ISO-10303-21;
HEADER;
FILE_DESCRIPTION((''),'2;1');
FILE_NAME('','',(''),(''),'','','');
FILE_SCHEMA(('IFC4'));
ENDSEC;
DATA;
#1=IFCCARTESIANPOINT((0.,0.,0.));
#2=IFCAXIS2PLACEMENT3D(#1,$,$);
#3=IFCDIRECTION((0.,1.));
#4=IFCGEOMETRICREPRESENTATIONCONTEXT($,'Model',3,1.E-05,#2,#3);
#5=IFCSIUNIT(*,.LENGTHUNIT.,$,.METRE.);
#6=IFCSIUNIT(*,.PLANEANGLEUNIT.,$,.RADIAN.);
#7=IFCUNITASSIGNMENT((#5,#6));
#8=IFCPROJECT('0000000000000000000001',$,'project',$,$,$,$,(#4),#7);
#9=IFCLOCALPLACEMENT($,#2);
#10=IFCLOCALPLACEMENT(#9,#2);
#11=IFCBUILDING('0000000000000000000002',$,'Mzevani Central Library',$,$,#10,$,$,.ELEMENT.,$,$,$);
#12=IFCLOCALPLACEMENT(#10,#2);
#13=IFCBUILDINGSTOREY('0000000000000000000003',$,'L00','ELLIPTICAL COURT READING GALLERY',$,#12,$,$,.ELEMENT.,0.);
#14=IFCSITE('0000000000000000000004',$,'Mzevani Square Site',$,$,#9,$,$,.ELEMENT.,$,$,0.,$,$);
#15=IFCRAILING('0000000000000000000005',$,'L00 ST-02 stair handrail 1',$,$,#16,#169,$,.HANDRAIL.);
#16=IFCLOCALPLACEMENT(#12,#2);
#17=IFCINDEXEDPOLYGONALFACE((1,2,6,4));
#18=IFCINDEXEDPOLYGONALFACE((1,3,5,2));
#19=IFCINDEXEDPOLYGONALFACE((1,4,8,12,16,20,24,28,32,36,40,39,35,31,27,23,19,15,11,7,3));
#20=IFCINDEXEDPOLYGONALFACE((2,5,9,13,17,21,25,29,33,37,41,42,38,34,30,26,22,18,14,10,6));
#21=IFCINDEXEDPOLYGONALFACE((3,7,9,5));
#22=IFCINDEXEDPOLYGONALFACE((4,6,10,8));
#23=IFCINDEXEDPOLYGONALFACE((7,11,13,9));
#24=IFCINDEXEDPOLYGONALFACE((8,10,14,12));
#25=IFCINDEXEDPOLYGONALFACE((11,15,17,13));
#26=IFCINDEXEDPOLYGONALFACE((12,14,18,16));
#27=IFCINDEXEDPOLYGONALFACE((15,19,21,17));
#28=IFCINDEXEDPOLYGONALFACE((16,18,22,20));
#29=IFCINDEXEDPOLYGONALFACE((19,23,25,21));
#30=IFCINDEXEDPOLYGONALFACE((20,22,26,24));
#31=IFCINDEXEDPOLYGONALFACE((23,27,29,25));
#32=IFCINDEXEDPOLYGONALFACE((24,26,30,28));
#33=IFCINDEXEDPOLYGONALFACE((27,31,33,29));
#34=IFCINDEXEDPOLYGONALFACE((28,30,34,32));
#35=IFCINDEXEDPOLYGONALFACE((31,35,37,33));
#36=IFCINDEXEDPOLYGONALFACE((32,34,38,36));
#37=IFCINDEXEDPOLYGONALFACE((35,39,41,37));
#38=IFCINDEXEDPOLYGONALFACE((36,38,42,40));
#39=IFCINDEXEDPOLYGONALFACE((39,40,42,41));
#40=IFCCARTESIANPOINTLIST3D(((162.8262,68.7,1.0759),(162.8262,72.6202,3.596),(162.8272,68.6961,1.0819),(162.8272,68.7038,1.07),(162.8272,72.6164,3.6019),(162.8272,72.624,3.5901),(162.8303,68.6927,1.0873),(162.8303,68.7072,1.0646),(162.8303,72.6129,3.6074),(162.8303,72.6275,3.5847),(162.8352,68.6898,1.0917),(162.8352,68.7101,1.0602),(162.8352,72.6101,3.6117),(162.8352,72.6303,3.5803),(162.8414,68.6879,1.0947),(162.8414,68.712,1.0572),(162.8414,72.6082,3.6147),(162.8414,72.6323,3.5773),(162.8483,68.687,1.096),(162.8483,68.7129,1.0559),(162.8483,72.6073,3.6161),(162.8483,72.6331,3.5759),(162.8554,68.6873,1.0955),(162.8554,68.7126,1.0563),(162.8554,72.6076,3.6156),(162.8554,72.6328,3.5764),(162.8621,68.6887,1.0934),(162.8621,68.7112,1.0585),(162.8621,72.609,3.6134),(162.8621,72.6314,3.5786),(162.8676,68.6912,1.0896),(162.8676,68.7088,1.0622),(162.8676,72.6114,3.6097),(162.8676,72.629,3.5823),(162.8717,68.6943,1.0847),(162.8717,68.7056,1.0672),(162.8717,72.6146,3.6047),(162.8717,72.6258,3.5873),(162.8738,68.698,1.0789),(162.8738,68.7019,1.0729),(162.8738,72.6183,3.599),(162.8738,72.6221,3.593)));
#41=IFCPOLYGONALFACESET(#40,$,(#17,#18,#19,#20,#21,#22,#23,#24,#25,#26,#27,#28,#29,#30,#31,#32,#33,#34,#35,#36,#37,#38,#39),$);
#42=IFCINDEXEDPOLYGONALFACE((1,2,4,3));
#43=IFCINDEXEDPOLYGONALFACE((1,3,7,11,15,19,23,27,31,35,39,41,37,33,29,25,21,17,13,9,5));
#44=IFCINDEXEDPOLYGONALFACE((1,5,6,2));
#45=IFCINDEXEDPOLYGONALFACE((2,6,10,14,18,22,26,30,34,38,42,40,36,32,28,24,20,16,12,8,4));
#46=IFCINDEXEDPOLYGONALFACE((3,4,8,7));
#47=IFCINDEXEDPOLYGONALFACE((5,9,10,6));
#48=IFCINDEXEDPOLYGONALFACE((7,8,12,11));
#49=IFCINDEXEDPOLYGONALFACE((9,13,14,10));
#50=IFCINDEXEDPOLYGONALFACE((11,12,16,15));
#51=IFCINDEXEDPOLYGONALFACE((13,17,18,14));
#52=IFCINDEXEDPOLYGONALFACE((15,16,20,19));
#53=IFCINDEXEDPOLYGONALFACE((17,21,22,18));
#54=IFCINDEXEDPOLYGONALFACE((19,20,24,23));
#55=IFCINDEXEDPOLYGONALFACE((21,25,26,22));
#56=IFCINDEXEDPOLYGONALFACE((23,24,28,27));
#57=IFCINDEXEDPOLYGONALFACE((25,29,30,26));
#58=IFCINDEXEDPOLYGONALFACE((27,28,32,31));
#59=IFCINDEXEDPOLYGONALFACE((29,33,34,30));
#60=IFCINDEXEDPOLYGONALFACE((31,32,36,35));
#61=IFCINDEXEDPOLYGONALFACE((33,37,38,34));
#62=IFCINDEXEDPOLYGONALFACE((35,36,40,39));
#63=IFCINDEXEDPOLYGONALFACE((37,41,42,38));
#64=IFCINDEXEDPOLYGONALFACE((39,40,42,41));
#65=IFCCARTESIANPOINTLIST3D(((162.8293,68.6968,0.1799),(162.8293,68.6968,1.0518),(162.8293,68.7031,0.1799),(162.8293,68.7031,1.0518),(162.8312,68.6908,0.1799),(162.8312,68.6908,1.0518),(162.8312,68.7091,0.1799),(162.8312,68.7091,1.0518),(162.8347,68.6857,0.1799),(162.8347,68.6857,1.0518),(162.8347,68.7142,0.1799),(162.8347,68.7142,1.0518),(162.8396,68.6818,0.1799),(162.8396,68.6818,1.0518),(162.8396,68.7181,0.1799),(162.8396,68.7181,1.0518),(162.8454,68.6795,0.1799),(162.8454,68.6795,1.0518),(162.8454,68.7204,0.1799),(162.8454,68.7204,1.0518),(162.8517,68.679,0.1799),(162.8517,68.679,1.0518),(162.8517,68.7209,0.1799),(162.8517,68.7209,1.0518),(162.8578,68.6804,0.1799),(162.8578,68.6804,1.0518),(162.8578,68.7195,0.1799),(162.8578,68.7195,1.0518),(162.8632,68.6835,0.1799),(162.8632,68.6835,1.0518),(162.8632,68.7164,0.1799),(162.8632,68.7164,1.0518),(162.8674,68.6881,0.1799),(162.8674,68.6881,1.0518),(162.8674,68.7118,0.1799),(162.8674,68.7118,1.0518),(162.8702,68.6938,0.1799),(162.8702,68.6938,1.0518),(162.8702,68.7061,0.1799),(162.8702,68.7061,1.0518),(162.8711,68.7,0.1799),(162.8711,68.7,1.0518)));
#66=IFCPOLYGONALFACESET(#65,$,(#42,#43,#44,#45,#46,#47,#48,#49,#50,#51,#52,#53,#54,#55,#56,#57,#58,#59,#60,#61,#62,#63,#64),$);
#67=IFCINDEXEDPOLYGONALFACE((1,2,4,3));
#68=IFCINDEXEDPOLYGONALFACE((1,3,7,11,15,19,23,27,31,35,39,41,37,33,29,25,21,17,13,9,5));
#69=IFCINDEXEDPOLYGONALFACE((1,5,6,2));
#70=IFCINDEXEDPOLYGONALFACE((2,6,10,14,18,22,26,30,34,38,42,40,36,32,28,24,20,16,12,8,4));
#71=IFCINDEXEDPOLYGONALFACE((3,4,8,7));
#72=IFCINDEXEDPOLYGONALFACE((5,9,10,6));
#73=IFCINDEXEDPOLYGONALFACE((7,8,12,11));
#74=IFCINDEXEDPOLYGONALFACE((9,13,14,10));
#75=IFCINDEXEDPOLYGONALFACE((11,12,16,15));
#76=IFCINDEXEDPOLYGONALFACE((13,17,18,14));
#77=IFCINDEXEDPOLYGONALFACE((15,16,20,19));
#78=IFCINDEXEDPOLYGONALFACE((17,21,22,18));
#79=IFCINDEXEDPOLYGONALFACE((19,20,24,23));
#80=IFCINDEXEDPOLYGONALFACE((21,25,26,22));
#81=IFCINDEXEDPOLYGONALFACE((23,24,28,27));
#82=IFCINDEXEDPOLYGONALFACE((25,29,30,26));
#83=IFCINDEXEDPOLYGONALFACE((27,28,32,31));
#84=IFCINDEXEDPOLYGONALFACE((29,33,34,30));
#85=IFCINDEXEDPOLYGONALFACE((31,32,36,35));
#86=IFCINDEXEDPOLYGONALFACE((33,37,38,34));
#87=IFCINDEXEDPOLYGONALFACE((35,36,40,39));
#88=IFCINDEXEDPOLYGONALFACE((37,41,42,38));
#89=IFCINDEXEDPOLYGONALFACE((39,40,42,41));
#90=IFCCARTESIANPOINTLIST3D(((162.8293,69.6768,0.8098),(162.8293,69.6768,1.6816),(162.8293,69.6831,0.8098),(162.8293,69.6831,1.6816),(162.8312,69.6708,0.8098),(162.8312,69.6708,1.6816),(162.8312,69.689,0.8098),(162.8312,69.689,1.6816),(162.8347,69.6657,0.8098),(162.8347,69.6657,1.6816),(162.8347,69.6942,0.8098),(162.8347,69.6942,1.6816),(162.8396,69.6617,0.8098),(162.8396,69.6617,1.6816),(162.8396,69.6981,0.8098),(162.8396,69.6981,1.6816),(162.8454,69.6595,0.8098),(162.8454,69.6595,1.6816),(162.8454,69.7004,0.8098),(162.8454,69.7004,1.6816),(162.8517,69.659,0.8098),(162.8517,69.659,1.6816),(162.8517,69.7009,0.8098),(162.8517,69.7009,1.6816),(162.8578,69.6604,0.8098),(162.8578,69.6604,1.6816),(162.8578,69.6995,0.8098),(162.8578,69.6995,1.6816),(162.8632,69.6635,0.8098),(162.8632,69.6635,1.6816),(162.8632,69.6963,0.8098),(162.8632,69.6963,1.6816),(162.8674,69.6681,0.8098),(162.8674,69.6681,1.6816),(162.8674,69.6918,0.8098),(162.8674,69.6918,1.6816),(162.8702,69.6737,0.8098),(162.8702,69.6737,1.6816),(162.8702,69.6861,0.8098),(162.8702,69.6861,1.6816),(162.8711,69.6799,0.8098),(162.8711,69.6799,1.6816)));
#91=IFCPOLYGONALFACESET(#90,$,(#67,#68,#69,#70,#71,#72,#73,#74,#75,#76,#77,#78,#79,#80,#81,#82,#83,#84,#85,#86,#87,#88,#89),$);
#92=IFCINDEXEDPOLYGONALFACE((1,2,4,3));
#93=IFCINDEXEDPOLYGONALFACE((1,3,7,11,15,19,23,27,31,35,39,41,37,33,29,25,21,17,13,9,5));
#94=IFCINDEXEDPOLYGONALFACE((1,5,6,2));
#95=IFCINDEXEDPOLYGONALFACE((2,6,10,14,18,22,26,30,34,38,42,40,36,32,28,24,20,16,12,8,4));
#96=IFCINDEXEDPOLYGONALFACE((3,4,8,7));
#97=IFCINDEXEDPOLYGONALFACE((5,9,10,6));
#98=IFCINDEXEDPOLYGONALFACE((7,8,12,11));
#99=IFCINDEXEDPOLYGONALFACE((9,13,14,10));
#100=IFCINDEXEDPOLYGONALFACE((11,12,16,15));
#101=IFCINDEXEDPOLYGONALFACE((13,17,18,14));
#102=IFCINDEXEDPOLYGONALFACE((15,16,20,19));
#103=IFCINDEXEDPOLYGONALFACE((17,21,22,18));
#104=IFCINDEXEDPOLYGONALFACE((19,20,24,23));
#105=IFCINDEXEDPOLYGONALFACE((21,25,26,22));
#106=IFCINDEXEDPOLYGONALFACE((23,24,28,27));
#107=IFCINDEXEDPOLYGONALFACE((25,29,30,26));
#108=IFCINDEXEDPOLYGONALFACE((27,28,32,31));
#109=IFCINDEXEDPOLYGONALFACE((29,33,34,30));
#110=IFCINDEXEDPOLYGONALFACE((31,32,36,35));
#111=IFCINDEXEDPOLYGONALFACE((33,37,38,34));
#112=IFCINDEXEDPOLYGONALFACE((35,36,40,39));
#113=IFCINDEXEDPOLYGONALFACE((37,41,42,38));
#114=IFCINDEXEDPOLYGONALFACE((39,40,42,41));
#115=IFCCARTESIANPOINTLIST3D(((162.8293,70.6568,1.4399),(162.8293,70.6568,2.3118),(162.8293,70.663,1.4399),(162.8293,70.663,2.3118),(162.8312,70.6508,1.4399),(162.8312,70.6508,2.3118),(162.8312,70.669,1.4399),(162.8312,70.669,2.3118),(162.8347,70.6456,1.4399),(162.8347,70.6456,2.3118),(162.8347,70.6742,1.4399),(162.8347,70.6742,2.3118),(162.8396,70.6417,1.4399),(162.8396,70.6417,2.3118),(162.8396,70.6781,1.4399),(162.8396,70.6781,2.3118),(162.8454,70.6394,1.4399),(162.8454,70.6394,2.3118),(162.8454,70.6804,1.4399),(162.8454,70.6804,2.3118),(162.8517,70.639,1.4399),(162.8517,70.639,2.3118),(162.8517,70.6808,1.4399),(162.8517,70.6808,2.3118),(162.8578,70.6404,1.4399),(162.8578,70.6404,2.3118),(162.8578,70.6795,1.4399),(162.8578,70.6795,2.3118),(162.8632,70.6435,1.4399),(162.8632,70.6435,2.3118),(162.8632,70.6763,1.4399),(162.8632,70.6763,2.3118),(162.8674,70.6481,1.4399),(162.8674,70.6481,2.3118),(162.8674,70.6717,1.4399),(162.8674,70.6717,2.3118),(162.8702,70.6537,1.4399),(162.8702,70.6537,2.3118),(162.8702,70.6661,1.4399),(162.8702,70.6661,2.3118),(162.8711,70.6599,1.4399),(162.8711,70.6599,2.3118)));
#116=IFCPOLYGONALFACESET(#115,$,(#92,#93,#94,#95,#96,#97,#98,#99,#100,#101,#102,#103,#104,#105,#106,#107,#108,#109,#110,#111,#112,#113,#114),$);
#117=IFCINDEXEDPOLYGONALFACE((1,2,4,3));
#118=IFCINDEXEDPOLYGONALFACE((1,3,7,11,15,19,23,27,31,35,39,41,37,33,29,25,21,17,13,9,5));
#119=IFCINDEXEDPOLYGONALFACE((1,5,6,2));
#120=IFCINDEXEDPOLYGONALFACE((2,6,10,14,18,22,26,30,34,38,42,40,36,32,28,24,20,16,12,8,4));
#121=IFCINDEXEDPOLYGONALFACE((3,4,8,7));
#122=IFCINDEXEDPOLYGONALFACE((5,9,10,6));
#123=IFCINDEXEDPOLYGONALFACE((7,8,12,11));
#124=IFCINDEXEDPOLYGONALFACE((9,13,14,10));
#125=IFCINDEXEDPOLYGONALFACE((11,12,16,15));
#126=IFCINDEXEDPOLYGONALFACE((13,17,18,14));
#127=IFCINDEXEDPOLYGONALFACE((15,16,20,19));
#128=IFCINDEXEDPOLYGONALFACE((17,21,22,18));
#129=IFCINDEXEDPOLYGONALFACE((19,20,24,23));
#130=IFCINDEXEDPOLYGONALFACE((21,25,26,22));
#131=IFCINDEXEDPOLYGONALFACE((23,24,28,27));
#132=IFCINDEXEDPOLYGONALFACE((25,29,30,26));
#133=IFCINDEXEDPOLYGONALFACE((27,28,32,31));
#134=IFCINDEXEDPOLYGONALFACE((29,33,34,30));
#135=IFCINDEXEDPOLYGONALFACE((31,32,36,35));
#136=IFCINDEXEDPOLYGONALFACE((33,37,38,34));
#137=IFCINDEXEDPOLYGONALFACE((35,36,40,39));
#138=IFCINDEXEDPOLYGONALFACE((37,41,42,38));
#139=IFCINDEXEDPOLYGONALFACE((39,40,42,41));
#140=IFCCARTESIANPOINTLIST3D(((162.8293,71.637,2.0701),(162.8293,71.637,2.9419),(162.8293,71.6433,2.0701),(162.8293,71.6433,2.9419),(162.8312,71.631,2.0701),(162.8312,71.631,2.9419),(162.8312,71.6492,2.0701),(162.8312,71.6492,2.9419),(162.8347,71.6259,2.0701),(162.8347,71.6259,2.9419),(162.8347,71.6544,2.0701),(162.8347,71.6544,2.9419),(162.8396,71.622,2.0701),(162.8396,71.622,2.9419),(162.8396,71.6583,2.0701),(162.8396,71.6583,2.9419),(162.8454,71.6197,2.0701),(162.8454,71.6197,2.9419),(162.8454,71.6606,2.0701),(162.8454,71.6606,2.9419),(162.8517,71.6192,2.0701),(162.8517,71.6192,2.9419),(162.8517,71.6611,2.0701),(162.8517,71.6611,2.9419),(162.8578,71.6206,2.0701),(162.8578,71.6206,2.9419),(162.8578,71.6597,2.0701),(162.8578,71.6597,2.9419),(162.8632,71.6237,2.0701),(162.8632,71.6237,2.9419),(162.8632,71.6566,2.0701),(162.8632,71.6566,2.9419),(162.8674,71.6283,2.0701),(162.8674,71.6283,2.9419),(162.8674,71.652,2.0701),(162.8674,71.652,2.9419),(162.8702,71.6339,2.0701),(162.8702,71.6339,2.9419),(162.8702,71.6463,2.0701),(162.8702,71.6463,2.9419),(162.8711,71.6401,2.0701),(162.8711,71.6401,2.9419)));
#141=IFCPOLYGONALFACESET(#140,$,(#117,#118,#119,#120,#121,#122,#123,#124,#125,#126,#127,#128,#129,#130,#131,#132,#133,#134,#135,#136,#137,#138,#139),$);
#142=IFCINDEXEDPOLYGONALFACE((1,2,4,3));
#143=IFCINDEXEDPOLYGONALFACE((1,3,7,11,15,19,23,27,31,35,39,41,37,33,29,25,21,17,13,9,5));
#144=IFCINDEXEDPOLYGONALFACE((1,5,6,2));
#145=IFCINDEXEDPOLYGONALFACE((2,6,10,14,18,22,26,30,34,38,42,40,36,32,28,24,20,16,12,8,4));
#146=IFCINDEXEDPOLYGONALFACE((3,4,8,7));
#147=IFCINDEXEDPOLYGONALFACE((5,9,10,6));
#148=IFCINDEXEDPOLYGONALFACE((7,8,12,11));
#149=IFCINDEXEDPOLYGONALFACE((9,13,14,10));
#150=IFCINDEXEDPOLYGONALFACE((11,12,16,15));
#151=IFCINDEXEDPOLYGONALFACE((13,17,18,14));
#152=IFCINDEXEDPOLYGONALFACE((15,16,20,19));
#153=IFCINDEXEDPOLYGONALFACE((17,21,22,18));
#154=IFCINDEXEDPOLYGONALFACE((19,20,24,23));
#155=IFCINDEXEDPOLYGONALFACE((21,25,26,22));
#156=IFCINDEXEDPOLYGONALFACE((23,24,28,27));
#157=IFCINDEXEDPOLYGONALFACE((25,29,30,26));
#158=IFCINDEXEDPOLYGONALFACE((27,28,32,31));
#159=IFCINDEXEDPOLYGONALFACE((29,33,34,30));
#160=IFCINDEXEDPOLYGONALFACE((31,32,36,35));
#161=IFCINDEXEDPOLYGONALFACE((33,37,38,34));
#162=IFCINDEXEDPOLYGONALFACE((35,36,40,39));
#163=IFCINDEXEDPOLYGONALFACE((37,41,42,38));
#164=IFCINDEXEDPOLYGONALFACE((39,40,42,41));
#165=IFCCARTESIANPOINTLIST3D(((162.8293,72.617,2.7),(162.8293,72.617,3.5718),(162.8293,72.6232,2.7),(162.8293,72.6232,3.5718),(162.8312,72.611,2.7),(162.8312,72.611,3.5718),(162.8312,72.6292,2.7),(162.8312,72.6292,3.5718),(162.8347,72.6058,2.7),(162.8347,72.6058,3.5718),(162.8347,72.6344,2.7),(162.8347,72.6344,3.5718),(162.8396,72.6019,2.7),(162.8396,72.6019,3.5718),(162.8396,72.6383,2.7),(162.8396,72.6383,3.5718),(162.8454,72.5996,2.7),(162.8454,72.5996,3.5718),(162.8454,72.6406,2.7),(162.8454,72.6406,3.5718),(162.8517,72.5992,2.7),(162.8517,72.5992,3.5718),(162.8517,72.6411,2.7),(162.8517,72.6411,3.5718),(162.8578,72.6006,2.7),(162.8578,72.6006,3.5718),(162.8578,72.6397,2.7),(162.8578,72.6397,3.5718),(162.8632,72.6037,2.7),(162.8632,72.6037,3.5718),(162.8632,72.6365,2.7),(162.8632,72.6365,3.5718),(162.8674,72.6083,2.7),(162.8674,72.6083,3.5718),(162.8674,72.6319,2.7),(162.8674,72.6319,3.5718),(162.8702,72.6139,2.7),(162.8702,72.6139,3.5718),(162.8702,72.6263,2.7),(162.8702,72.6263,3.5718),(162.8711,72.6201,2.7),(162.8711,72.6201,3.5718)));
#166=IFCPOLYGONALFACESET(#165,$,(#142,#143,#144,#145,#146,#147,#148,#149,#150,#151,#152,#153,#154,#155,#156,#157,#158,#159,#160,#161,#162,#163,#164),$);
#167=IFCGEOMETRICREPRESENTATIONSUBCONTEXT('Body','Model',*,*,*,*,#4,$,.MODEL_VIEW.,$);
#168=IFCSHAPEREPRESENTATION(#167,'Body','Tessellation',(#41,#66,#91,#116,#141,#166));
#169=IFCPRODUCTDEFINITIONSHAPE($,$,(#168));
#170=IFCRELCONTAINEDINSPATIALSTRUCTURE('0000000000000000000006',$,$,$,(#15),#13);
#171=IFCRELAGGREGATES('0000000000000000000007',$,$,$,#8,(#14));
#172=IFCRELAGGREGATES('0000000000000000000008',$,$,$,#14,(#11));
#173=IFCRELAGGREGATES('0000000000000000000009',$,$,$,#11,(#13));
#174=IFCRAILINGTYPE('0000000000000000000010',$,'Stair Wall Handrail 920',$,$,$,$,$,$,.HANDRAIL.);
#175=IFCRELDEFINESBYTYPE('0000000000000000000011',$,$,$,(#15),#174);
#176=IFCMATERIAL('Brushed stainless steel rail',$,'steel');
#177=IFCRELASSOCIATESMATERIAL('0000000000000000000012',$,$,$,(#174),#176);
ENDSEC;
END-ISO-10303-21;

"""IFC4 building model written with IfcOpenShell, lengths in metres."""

from ifc_helpers import new_model, si_unit, direction, frame, origin, origin_2d, place, context, subcontext, project, spatial, circle, extrude, material, type_object, element, save


model = new_model("IFC4")

# Units and contexts
model_context = context("Model", 3, precision=1e-05, world=origin(), true_north=direction((0.0, 1.0)))
body_context = subcontext(model_context, "Body", "Model", "MODEL_VIEW")
ifc_project = project(units=[si_unit("LENGTHUNIT", "METRE"), si_unit("PLANEANGLEUNIT", "RADIAN")], contexts=[model_context])

# Site, building, storey
site_placement = place(None, origin())
site = spatial("IfcSite", under=ifc_project, at=site_placement, Name="Mzevani Square Site", CompositionType="ELEMENT", RefElevation=0.0)
building_placement = place(site_placement, origin())
building = spatial("IfcBuilding", under=site, at=building_placement, Name="Mzevani Central Library", CompositionType="ELEMENT")
storey_placement = place(building_placement, origin())
storey = spatial("IfcBuildingStorey", under=building, at=storey_placement, Name="L00", Description="ELLIPTICAL COURT READING GALLERY", CompositionType="ELEMENT", Elevation=0.0)

# Shared definitions
ifc_material_1 = material(Name="Brushed stainless steel rail", Category="steel")

# Railing
railing_type_1 = type_object("IfcRailingType", Name="Stair Wall Handrail 920", PredefinedType="HANDRAIL", material=ifc_material_1)
railing_1_placement = place(storey_placement, frame((162.8501, 68.7, 0.1799)))
element("IfcRailing", 1, at=railing_1_placement, inside=storey, type_object=railing_type_1, Name="L00 ST-02 stair handrail 1", PredefinedType="HANDRAIL", context=body_context, shape_type="SweptSolid", body=[
    extrude(circle(Radius=0.0239, at=origin_2d()), frame((0.0, 0.0, 0.896), z_axis=(0.0, 0.841187, 0.540744), x_axis=(-1.0, 0.0, 0.0)), (0.0, 0.0, 1.0), 4.6604),
    extrude(circle(Radius=0.021, at=origin_2d()), origin(), (0.0, 0.0, 1.0), 0.8718),
    extrude(circle(Radius=0.021, at=origin_2d()), frame((0.0, 0.98, 0.6299)), (0.0, 0.0, 1.0), 0.8718),
    extrude(circle(Radius=0.021, at=origin_2d()), frame((0.0, 1.96, 1.26)), (0.0, 0.0, 1.0), 0.8718),
    extrude(circle(Radius=0.021, at=origin_2d()), frame((0.0, 2.9402, 1.8901)), (0.0, 0.0, 1.0), 0.8718),
    extrude(circle(Radius=0.021, at=origin_2d()), frame((0.0, 3.9202, 2.52)), (0.0, 0.0, 1.0), 0.8718),
])

save(model, "model.ifc")
